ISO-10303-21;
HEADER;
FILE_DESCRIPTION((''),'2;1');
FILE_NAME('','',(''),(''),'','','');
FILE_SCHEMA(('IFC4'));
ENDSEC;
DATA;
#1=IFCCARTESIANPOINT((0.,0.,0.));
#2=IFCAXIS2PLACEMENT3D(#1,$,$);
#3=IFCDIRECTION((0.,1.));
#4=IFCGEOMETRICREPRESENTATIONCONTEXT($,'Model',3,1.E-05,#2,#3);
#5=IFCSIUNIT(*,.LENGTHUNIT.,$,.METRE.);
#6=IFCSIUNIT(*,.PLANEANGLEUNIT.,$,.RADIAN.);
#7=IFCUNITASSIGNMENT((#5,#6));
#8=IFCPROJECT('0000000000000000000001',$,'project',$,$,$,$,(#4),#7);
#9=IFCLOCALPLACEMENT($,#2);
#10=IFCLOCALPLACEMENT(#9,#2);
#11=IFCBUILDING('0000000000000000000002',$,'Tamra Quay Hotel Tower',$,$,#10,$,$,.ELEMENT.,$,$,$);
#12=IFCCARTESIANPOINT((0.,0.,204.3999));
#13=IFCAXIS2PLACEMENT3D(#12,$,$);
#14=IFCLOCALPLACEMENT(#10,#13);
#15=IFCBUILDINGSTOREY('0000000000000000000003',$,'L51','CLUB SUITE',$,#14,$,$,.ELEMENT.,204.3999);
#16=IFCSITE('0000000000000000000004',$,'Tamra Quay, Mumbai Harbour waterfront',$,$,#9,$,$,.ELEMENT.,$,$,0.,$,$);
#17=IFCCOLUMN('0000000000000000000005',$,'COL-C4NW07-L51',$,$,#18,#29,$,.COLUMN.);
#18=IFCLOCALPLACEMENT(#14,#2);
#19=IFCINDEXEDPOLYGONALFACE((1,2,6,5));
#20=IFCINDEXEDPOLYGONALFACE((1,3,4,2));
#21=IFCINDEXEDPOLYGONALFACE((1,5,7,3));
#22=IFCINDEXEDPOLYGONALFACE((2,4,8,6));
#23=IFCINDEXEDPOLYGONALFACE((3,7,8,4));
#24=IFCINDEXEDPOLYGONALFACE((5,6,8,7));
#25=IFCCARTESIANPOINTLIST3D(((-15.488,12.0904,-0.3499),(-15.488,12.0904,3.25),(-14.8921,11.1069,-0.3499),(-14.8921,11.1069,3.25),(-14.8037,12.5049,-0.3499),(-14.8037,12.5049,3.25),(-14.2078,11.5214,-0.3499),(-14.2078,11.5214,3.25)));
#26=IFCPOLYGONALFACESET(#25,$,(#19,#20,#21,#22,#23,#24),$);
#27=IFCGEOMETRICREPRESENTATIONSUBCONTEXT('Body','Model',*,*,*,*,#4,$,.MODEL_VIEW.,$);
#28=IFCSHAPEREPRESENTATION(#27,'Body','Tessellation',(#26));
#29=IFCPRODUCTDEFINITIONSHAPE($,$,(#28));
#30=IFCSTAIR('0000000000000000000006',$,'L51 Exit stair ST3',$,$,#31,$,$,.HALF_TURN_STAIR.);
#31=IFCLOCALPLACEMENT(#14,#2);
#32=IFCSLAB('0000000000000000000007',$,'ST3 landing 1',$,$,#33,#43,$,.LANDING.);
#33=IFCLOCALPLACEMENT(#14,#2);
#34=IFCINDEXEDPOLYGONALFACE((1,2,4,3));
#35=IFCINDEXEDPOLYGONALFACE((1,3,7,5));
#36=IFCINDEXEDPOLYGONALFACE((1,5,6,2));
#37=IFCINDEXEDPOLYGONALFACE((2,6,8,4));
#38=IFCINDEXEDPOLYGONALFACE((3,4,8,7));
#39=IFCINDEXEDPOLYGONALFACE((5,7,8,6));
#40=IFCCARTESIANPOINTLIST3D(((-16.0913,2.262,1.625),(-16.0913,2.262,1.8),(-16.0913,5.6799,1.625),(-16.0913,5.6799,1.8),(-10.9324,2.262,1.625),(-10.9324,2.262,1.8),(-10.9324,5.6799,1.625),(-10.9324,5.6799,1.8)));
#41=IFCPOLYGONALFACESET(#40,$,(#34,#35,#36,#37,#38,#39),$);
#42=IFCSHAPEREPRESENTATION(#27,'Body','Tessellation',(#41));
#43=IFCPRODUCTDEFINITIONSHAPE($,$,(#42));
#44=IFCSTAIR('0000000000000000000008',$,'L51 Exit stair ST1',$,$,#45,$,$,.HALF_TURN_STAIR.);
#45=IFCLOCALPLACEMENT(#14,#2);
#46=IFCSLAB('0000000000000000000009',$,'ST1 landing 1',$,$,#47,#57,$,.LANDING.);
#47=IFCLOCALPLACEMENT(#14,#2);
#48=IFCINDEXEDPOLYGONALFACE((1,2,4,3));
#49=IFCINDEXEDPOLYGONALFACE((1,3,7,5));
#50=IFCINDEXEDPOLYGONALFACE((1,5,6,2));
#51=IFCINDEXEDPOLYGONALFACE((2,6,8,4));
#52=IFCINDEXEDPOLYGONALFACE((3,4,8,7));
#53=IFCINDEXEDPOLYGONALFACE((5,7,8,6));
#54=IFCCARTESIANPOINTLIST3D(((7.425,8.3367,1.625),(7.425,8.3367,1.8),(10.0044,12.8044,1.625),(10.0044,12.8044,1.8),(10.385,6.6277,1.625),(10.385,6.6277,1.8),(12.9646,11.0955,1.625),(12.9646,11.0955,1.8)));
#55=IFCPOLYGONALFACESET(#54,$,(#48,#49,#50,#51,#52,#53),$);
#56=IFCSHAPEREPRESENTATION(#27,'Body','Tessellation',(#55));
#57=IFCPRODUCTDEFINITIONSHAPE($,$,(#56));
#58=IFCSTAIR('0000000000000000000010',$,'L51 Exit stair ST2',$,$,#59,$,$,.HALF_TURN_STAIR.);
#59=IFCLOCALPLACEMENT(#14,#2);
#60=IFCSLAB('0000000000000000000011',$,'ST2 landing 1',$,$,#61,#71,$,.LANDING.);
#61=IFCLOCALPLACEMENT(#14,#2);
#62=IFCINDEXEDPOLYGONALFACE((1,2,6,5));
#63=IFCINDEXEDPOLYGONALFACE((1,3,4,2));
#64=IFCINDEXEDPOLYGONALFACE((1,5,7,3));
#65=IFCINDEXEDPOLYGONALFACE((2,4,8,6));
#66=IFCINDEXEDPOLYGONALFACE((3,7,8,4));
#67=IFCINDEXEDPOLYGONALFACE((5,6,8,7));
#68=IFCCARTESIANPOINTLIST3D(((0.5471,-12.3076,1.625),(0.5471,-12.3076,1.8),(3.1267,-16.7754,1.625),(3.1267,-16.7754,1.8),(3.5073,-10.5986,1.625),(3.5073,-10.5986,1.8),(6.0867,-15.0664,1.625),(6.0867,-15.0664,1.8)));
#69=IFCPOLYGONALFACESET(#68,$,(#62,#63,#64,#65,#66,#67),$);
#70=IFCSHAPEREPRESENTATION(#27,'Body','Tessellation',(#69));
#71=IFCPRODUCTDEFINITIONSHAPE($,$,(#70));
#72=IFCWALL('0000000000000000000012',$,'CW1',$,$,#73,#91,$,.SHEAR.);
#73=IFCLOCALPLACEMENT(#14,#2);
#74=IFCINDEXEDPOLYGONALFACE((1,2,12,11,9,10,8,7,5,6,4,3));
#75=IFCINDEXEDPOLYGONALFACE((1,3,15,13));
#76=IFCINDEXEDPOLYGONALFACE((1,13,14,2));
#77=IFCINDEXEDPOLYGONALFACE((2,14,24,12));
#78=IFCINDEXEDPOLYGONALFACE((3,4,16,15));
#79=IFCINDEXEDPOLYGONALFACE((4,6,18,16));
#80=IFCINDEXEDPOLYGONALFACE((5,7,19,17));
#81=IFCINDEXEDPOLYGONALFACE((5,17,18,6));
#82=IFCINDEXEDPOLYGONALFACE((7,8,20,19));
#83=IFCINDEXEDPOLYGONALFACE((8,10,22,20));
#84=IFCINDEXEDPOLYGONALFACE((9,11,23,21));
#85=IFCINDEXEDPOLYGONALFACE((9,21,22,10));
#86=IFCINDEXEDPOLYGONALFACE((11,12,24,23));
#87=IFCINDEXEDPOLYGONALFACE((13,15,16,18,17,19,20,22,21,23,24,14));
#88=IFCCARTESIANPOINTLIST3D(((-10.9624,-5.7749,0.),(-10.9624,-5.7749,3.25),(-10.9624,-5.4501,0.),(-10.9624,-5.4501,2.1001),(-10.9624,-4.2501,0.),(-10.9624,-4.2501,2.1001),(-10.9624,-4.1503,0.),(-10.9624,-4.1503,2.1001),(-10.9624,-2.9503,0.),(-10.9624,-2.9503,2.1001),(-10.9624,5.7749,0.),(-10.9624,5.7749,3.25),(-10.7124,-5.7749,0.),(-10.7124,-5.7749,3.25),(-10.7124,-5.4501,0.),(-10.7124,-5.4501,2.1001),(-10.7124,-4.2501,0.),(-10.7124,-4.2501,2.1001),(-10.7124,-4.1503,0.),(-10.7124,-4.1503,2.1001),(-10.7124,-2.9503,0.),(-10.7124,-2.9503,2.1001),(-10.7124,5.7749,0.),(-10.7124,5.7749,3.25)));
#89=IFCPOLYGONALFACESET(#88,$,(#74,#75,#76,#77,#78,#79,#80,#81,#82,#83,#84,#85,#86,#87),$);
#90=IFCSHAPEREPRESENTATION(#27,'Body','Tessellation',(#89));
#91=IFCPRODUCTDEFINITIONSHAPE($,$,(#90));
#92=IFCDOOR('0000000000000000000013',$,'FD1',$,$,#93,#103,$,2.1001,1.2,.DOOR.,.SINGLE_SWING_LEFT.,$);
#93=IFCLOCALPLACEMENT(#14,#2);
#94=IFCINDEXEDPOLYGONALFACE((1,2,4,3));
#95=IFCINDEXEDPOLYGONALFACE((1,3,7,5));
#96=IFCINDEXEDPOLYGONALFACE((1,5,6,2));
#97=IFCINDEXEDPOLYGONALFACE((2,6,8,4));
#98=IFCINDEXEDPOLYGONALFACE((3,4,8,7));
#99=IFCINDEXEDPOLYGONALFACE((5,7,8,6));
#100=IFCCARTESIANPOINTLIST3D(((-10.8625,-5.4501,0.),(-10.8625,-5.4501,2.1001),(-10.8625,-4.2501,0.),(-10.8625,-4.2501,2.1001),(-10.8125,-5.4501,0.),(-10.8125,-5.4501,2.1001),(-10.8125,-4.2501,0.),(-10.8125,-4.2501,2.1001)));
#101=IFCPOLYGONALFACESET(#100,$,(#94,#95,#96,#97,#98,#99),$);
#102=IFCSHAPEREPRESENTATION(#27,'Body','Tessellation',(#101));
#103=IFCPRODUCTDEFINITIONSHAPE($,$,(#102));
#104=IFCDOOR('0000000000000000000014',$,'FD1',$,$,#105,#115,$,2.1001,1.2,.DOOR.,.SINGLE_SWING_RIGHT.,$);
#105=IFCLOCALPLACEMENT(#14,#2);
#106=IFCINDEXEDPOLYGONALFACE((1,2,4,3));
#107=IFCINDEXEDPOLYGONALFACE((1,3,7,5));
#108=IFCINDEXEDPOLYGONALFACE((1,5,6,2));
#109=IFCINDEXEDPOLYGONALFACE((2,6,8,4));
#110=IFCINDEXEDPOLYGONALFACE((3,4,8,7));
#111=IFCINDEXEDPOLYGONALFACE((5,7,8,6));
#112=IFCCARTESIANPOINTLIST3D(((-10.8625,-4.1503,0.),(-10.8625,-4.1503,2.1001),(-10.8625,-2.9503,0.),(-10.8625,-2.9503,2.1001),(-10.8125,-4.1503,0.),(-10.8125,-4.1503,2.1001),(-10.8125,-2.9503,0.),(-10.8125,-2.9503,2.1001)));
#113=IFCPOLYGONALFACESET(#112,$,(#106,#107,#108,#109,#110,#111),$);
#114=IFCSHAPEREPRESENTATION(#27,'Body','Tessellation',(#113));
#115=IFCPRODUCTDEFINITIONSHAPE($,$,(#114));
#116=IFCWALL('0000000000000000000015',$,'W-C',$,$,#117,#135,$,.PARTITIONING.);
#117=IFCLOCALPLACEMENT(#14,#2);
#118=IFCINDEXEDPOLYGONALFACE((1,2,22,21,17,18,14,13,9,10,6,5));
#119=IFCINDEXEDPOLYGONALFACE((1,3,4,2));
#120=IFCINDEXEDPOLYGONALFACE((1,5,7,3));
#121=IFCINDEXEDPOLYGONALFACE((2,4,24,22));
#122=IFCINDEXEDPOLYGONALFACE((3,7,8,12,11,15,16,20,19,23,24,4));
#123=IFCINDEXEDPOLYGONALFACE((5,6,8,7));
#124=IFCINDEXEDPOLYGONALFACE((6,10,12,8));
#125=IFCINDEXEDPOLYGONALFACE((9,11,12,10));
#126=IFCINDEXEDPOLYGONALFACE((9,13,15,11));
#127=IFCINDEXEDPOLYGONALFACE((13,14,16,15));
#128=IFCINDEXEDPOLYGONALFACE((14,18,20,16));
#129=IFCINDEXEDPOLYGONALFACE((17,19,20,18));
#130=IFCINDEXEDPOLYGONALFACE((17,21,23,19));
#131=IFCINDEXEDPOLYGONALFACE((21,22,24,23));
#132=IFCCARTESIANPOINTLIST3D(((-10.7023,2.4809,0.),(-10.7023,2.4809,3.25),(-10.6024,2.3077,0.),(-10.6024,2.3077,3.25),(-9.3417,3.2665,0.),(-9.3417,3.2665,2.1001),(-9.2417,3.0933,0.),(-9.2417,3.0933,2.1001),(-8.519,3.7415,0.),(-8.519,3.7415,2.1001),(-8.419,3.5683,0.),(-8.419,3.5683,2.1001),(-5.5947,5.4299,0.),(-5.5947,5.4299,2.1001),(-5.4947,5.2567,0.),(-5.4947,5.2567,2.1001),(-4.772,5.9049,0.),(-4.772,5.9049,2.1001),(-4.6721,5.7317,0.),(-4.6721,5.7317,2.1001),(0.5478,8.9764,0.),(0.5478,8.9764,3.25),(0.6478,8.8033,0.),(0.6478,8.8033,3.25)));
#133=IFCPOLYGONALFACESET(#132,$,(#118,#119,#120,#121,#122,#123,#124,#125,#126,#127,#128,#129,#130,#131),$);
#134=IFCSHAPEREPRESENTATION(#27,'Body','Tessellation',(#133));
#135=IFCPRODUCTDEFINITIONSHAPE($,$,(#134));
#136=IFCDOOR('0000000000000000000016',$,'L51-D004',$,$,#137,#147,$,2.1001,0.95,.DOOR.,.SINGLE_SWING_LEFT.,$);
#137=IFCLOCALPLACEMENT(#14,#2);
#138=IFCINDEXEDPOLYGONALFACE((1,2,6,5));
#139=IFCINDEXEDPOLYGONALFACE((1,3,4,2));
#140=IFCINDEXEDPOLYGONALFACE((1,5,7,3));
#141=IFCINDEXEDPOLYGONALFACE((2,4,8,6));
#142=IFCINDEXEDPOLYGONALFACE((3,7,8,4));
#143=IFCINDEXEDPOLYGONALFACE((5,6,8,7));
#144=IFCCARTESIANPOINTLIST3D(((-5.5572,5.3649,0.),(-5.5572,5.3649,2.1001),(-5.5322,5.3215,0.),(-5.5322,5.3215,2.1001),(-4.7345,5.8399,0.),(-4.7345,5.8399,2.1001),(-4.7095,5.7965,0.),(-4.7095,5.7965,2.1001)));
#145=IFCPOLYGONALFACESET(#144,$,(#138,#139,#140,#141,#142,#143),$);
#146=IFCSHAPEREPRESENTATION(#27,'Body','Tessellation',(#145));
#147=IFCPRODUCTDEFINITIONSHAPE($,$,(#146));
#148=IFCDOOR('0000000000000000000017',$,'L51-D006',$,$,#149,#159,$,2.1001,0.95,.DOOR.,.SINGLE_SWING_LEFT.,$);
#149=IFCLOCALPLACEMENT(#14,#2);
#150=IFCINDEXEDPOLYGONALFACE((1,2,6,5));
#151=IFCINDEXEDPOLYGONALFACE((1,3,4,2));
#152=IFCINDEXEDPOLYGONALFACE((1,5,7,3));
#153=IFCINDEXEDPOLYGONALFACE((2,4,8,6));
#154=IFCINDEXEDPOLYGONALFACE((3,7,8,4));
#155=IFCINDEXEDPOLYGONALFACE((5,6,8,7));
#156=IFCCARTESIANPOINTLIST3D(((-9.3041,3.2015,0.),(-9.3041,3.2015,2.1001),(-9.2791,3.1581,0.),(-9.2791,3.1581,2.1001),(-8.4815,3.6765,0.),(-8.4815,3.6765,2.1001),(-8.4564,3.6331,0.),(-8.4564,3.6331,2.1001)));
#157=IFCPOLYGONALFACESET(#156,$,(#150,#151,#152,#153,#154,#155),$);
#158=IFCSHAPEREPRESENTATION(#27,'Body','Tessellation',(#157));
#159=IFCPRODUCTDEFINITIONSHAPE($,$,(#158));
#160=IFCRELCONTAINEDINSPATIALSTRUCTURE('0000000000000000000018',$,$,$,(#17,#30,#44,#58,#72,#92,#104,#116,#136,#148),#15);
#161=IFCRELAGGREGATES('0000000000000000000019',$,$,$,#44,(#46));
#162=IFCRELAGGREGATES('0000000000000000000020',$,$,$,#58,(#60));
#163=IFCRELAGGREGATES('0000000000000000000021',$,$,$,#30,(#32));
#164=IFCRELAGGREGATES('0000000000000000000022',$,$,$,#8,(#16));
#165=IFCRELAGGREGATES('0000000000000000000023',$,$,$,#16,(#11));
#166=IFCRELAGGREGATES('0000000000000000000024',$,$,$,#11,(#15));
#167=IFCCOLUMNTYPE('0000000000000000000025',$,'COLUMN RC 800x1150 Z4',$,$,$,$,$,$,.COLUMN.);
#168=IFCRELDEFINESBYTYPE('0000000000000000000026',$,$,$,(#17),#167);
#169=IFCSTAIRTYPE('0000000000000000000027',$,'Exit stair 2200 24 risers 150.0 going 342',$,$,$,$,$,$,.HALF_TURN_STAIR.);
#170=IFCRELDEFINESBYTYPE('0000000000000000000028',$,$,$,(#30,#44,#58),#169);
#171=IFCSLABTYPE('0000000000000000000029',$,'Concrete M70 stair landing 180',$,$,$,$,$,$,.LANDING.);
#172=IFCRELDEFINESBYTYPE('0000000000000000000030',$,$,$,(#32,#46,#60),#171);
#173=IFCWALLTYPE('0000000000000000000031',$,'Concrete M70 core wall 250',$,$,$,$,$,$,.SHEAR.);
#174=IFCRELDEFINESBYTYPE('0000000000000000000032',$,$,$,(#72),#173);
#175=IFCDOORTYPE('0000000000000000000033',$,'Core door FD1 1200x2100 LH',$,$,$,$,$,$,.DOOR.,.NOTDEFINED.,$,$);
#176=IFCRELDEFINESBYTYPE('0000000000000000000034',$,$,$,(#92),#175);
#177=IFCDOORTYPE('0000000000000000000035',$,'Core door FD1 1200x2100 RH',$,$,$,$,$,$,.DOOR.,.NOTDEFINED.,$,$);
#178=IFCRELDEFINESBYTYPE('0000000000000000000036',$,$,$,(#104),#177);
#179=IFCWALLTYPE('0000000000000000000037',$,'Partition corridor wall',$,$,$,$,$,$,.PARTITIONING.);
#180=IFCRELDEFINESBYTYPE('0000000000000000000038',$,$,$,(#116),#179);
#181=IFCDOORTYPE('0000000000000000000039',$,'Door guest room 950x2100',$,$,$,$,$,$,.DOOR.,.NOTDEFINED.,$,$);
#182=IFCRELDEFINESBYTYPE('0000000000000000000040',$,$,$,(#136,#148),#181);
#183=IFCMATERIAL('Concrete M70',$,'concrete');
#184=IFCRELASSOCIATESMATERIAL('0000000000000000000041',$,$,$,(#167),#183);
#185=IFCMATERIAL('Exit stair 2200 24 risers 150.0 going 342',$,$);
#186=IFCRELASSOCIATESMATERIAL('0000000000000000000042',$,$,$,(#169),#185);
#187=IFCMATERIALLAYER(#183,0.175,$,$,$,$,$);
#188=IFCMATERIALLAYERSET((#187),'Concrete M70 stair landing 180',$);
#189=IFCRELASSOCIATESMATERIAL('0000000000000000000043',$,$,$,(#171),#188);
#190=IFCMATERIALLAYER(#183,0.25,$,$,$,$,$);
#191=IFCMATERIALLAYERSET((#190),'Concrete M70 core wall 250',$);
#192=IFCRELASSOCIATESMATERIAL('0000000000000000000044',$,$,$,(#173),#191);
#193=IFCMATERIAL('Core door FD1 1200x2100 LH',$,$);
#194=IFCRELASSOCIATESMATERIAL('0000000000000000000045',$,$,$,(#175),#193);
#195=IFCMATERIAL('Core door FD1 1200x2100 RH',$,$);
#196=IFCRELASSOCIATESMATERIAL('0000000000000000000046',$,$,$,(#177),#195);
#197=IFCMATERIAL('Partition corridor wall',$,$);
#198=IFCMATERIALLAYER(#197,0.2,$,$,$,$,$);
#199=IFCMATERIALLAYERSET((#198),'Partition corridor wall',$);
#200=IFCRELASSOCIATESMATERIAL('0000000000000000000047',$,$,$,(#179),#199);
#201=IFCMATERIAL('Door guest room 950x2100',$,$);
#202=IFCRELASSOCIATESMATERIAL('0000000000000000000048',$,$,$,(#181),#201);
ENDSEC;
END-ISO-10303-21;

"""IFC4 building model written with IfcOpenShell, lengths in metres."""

from ifc_helpers import new_model, si_unit, direction, frame, frame_2d, origin, origin_2d, place, context, subcontext, project, spatial, polyline, rectangle, outline, extrude, material, layer, layer_set, material_profile, profile_set, type_object, element, fill, aggregate, save


model = new_model("IFC4")

# Units and contexts
model_context = context("Model", 3, precision=1e-05, world=origin(), true_north=direction((0.0, 1.0)))
body_context = subcontext(model_context, "Body", "Model", "MODEL_VIEW")
ifc_project = project(units=[si_unit("LENGTHUNIT", "METRE"), si_unit("PLANEANGLEUNIT", "RADIAN")], contexts=[model_context])

# Site, building, storey
site_placement = place(None, origin())
site = spatial("IfcSite", under=ifc_project, at=site_placement, Name="Tamra Quay, Mumbai Harbour waterfront", CompositionType="ELEMENT", RefElevation=0.0)
building_placement = place(site_placement, origin())
building = spatial("IfcBuilding", under=site, at=building_placement, Name="Tamra Quay Hotel Tower", CompositionType="ELEMENT")
storey_placement = place(building_placement, frame((0.0, 0.0, 204.3999)))
storey = spatial("IfcBuildingStorey", under=building, at=storey_placement, Name="L51", Description="CLUB SUITE", CompositionType="ELEMENT", Elevation=204.3999)

# Column
ifc_material_1 = material(Name="Concrete M70", Category="concrete")
ifc_material_profile = material_profile(ifc_material_1, rectangle(XDim=1.1499, YDim=0.8, at=origin_2d()), Name="COLUMN RC 800x1150 Z4")
ifc_profile_set = profile_set([ifc_material_profile], Name="Concrete M70")
column_type = type_object("IfcColumnType", Name="COLUMN RC 800x1150 Z4", PredefinedType="COLUMN", material=ifc_profile_set)
column_placement = place(storey_placement, frame((-14.8479, 11.8059, -0.3499), z_axis=(0.0, 0.0, 1.0), x_axis=(-0.518175, 0.855275, 0.0)))
element("IfcColumn", 1, at=column_placement, inside=storey, type_object=column_type, Name="COL-C4NW07-L51", PredefinedType="COLUMN", context=body_context, shape_type="SweptSolid", body=[
    extrude(rectangle(XDim=1.1499, YDim=0.8, at=origin_2d()), origin(), (0.0, 0.0, 1.0), 3.5999),
])

# Stairs, slabs
ifc_material_2 = material(Name="Exit stair 2200 24 risers 150.0 going 342")
stair_type = type_object("IfcStairType", Name="Exit stair 2200 24 risers 150.0 going 342", PredefinedType="HALF_TURN_STAIR", material=ifc_material_2)
stair_1_placement = place(storey_placement, origin())
stair_1 = element("IfcStair", 2, at=stair_1_placement, inside=storey, type_object=stair_type, Name="L51 Exit stair ST3", PredefinedType="HALF_TURN_STAIR")
ifc_layer_1 = layer(ifc_material_1, 0.175)
ifc_layer_set_1 = layer_set([ifc_layer_1], Name="Concrete M70 stair landing 180")
slab_type_1 = type_object("IfcSlabType", Name="Concrete M70 stair landing 180", PredefinedType="LANDING", material=ifc_layer_set_1)
slab_1_placement = place(storey_placement, frame((0.0, 0.0, 1.625)))
slab_1 = element("IfcSlab", 3, at=slab_1_placement, type_object=slab_type_1, Name="ST3 landing 1", PredefinedType="LANDING", context=body_context, shape_type="SweptSolid", body=[
    extrude(outline(polyline([(-10.9324, 2.262), (-10.9324, 5.6799), (-16.0913, 5.6799), (-16.0913, 2.262), (-10.9324, 2.262)])), origin(), (0.0, 0.0, 1.0), 0.175),
])
stair_2_placement = place(storey_placement, origin())
stair_2 = element("IfcStair", 4, at=stair_2_placement, inside=storey, type_object=stair_type, Name="L51 Exit stair ST1", PredefinedType="HALF_TURN_STAIR")
slab_2_placement = place(storey_placement, frame((0.0, 0.0, 1.625)))
slab_2 = element("IfcSlab", 5, at=slab_2_placement, type_object=slab_type_1, Name="ST1 landing 1", PredefinedType="LANDING", context=body_context, shape_type="SweptSolid", body=[
    extrude(outline(polyline([(7.425, 8.3367), (10.385, 6.6277), (12.9646, 11.0955), (10.0044, 12.8044), (7.425, 8.3367)])), origin(), (0.0, 0.0, 1.0), 0.175),
])
aggregate(stair_2, [slab_2])
stair_3_placement = place(storey_placement, origin())
stair_3 = element("IfcStair", 6, at=stair_3_placement, inside=storey, type_object=stair_type, Name="L51 Exit stair ST2", PredefinedType="HALF_TURN_STAIR")
slab_3_placement = place(storey_placement, frame((0.0, 0.0, 1.625)))
slab_3 = element("IfcSlab", 7, at=slab_3_placement, type_object=slab_type_1, Name="ST2 landing 1", PredefinedType="LANDING", context=body_context, shape_type="SweptSolid", body=[
    extrude(outline(polyline([(3.5073, -10.5986), (0.5471, -12.3076), (3.1267, -16.7754), (6.0867, -15.0664), (3.5073, -10.5986)])), origin(), (0.0, 0.0, 1.0), 0.175),
])
aggregate(stair_3, [slab_3])

# Walls, openings, doors
ifc_layer_2 = layer(ifc_material_1, 0.25)
ifc_layer_set_2 = layer_set([ifc_layer_2], Name="Concrete M70 core wall 250")
wall_type_1 = type_object("IfcWallType", Name="Concrete M70 core wall 250", PredefinedType="SHEAR", material=ifc_layer_set_2)
wall_1_placement = place(storey_placement, frame((-10.8374, 5.7749, 0.0), z_axis=(0.0, 0.0, 1.0), x_axis=(0.0, -1.0, 0.0)))
wall_1 = element("IfcWall", 8, at=wall_1_placement, inside=storey, type_object=wall_type_1, Name="CW1", PredefinedType="SHEAR", context=body_context, shape_type="SweptSolid", body=[
    extrude(rectangle(XDim=11.5498, YDim=0.25, at=frame_2d((5.7749, 0.0))), origin(), (0.0, 0.0, 1.0), 3.25),
])
opening_1_placement = place(wall_1_placement, frame((10.0249, 0.0, 0.0)))
opening_1 = element("IfcOpeningElement", 9, at=opening_1_placement, cuts=wall_1, PredefinedType="OPENING", context=body_context, shape_type="SweptSolid", body=[
    extrude(rectangle(XDim=1.2, YDim=2.1001, at=frame_2d((0.6001, 1.05))), frame((0.0, 0.135, 0.0), z_axis=(0.0, -1.0, 0.0), x_axis=(1.0, 0.0, 0.0)), (0.0, 0.0, 1.0), 0.27),
])
opening_2_placement = place(wall_1_placement, frame((8.7251, 0.0, 0.0)))
opening_2 = element("IfcOpeningElement", 10, at=opening_2_placement, cuts=wall_1, PredefinedType="OPENING", context=body_context, shape_type="SweptSolid", body=[
    extrude(rectangle(XDim=1.2, YDim=2.1001, at=frame_2d((0.6001, 1.05))), frame((0.0, 0.135, 0.0), z_axis=(0.0, -1.0, 0.0), x_axis=(1.0, 0.0, 0.0)), (0.0, 0.0, 1.0), 0.27),
])
ifc_material_3 = material(Name="Core door FD1 1200x2100 LH")
door_type_1 = type_object("IfcDoorType", Name="Core door FD1 1200x2100 LH", OperationType="NOTDEFINED", PredefinedType="DOOR", material=ifc_material_3)
door_1_placement = place(opening_1_placement, origin())
door_1 = element("IfcDoor", 11, at=door_1_placement, inside=storey, type_object=door_type_1, Name="FD1", OperationType="SINGLE_SWING_LEFT", OverallHeight=2.1001, OverallWidth=1.2, PredefinedType="DOOR", context=body_context, shape_type="SweptSolid", body=[
    extrude(rectangle(XDim=1.2, YDim=2.1001, at=frame_2d((0.6001, 1.05))), frame((0.0, 0.0249, 0.0), z_axis=(0.0, -1.0, 0.0), x_axis=(1.0, 0.0, 0.0)), (0.0, 0.0, 1.0), 0.05),
])
fill(opening_1, door_1)
ifc_material_4 = material(Name="Core door FD1 1200x2100 RH")
door_type_2 = type_object("IfcDoorType", Name="Core door FD1 1200x2100 RH", OperationType="NOTDEFINED", PredefinedType="DOOR", material=ifc_material_4)
door_2_placement = place(opening_2_placement, origin())
door_2 = element("IfcDoor", 12, at=door_2_placement, inside=storey, type_object=door_type_2, Name="FD1", OperationType="SINGLE_SWING_RIGHT", OverallHeight=2.1001, OverallWidth=1.2, PredefinedType="DOOR", context=body_context, shape_type="SweptSolid", body=[
    extrude(rectangle(XDim=1.2, YDim=2.1001, at=frame_2d((0.6001, 1.05))), frame((0.0, 0.0249, 0.0), z_axis=(0.0, -1.0, 0.0), x_axis=(1.0, 0.0, 0.0)), (0.0, 0.0, 1.0), 0.05),
])
fill(opening_2, door_2)
ifc_material_5 = material(Name="Partition corridor wall")
ifc_layer_3 = layer(ifc_material_5, 0.2)
ifc_layer_set_3 = layer_set([ifc_layer_3], Name="Partition corridor wall")
wall_type_2 = type_object("IfcWallType", Name="Partition corridor wall", PredefinedType="PARTITIONING", material=ifc_layer_set_3)
wall_2_placement = place(storey_placement, frame((-10.6523, 2.3943, 0.0), z_axis=(0.0, 0.0, 1.0), x_axis=(0.866016, 0.500016, 0.0)))
wall_2 = element("IfcWall", 13, at=wall_2_placement, inside=storey, type_object=wall_type_2, Name="W-C", PredefinedType="PARTITIONING", context=body_context, shape_type="SweptSolid", body=[
    extrude(rectangle(XDim=12.9907, YDim=0.2, at=frame_2d((6.4954, 0.0))), origin(), (0.0, 0.0, 1.0), 3.25),
])
opening_3_placement = place(wall_2_placement, frame((5.8977, 0.0, 0.0)))
opening_3 = element("IfcOpeningElement", 14, at=opening_3_placement, cuts=wall_2, PredefinedType="OPENING", context=body_context, shape_type="SweptSolid", body=[
    extrude(rectangle(XDim=0.95, YDim=2.1001, at=frame_2d((0.4751, 1.05))), frame((0.0, 0.1099, 0.0), z_axis=(0.0, -1.0, 0.0), x_axis=(1.0, 0.0, 0.0)), (0.0, 0.0, 1.0), 0.22),
])
opening_4_placement = place(wall_2_placement, frame((1.571, 0.0, 0.0)))
opening_4 = element("IfcOpeningElement", 15, at=opening_4_placement, cuts=wall_2, PredefinedType="OPENING", context=body_context, shape_type="SweptSolid", body=[
    extrude(rectangle(XDim=0.95, YDim=2.1001, at=frame_2d((0.4751, 1.05))), frame((0.0, 0.1099, 0.0), z_axis=(0.0, -1.0, 0.0), x_axis=(1.0, 0.0, 0.0)), (0.0, 0.0, 1.0), 0.22),
])
ifc_material_6 = material(Name="Door guest room 950x2100")
door_type_3 = type_object("IfcDoorType", Name="Door guest room 950x2100", OperationType="NOTDEFINED", PredefinedType="DOOR", material=ifc_material_6)
door_3_placement = place(opening_3_placement, origin())
door_3 = element("IfcDoor", 16, at=door_3_placement, inside=storey, type_object=door_type_3, Name="L51-D004", OperationType="SINGLE_SWING_LEFT", OverallHeight=2.1001, OverallWidth=0.95, PredefinedType="DOOR", context=body_context, shape_type="SweptSolid", body=[
    extrude(rectangle(XDim=0.95, YDim=2.1001, at=frame_2d((0.4751, 1.05))), frame((0.0, 0.0249, 0.0), z_axis=(0.0, -1.0, 0.0), x_axis=(1.0, 0.0, 0.0)), (0.0, 0.0, 1.0), 0.05),
])
fill(opening_3, door_3)
door_4_placement = place(opening_4_placement, origin())
door_4 = element("IfcDoor", 17, at=door_4_placement, inside=storey, type_object=door_type_3, Name="L51-D006", OperationType="SINGLE_SWING_LEFT", OverallHeight=2.1001, OverallWidth=0.95, PredefinedType="DOOR", context=body_context, shape_type="SweptSolid", body=[
    extrude(rectangle(XDim=0.95, YDim=2.1001, at=frame_2d((0.4751, 1.05))), frame((0.0, 0.0249, 0.0), z_axis=(0.0, -1.0, 0.0), x_axis=(1.0, 0.0, 0.0)), (0.0, 0.0, 1.0), 0.05),
])
fill(opening_4, door_4)

aggregate(stair_1, [slab_1])

save(model, "model.ifc")
